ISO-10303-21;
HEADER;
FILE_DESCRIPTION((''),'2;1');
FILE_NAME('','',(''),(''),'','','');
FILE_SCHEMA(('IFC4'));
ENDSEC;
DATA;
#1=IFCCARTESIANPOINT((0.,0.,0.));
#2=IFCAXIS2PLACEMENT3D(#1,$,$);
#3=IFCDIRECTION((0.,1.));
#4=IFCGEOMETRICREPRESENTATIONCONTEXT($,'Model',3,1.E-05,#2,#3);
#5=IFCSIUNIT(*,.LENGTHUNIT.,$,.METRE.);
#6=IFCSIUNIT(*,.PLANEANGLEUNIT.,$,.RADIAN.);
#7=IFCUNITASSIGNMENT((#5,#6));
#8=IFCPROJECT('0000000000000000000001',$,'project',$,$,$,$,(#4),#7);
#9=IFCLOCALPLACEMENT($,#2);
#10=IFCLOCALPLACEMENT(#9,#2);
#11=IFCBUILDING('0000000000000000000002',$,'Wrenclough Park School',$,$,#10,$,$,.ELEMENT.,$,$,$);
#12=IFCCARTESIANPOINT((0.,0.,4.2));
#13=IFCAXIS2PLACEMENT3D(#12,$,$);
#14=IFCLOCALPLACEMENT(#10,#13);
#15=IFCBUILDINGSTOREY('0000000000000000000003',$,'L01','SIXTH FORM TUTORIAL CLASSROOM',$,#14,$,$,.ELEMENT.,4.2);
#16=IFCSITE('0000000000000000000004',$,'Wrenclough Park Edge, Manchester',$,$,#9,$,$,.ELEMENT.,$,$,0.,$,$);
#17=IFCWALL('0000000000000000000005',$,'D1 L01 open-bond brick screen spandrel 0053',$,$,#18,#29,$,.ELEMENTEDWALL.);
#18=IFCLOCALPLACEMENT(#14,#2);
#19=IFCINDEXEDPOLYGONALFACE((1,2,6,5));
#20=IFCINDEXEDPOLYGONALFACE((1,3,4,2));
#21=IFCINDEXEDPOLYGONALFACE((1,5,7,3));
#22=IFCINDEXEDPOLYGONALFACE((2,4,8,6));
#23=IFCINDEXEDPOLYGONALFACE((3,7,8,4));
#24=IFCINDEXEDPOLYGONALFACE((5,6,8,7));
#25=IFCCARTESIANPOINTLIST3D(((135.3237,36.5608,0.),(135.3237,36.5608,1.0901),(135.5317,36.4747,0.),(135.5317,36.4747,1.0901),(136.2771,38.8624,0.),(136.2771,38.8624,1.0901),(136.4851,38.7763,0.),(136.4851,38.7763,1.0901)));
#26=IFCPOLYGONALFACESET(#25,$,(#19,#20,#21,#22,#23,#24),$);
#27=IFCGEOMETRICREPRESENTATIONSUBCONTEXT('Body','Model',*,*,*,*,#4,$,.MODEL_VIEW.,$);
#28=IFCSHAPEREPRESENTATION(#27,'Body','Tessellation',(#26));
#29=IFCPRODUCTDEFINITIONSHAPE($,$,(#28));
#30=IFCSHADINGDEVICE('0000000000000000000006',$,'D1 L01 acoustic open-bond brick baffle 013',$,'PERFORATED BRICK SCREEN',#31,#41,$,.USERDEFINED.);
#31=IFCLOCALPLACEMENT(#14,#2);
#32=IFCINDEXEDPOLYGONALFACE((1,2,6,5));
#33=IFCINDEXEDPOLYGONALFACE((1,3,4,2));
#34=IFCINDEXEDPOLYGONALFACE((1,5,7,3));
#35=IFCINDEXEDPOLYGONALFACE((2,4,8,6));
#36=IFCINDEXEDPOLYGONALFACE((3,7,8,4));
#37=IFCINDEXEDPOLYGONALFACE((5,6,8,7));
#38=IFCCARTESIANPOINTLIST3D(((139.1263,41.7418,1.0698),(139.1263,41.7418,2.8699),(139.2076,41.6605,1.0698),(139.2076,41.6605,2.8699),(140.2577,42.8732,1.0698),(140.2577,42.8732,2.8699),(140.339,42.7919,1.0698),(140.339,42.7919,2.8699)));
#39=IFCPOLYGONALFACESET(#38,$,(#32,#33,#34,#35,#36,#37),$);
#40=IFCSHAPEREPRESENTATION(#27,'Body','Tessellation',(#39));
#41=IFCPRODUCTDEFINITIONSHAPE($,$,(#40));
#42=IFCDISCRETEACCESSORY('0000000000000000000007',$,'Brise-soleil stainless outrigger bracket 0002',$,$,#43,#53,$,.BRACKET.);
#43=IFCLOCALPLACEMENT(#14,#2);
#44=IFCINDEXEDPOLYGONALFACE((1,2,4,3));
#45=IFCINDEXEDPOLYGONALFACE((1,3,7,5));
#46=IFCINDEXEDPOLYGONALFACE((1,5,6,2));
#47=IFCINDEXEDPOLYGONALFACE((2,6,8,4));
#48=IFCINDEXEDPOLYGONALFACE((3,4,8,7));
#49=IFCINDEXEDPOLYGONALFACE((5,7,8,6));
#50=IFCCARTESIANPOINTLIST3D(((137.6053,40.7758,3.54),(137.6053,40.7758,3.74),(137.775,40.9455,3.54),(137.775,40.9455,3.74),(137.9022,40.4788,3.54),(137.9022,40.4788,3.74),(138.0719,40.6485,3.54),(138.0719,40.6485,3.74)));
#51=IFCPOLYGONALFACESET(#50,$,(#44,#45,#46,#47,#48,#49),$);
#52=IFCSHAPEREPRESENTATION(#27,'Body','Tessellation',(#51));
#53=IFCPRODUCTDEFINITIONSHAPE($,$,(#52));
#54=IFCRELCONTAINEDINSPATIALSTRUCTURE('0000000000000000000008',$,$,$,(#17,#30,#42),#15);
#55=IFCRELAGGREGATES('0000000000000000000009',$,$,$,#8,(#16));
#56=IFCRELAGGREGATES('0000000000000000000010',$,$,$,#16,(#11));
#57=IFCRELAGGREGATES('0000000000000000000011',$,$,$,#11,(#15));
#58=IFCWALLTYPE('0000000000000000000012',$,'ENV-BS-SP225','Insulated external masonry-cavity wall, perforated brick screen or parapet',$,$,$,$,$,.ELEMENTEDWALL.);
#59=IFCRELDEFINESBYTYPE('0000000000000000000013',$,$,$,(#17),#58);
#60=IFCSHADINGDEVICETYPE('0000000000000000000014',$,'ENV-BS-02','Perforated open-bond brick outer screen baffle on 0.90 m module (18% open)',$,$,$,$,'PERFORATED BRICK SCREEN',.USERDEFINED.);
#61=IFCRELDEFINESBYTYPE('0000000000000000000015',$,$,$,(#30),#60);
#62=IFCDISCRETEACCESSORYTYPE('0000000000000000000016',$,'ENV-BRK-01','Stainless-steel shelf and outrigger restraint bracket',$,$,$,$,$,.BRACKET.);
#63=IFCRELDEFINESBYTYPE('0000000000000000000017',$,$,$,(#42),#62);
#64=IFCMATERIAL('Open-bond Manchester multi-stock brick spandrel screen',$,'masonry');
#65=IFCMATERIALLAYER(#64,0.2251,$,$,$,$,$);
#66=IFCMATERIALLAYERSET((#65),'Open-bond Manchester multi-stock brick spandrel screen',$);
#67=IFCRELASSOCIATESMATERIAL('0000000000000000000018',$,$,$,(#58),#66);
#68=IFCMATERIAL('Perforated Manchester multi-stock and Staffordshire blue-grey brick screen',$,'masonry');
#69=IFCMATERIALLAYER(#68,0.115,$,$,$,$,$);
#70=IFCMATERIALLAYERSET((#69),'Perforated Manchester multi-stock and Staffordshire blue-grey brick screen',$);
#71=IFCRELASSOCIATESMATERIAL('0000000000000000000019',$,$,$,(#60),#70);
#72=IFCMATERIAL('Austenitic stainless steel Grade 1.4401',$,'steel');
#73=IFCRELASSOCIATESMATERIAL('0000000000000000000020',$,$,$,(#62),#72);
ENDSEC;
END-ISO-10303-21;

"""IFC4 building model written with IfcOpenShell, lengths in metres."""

from ifc_helpers import new_model, si_unit, direction, frame, frame_2d, origin, origin_2d, place, context, subcontext, project, spatial, rectangle, extrude, material, layer, layer_set, type_object, element, save


model = new_model("IFC4")

# Units and contexts
model_context = context("Model", 3, precision=1e-05, world=origin(), true_north=direction((0.0, 1.0)))
body_context = subcontext(model_context, "Body", "Model", "MODEL_VIEW")
ifc_project = project(units=[si_unit("LENGTHUNIT", "METRE"), si_unit("PLANEANGLEUNIT", "RADIAN")], contexts=[model_context])

# Site, building, storey
site_placement = place(None, origin())
site = spatial("IfcSite", under=ifc_project, at=site_placement, Name="Wrenclough Park Edge, Manchester", CompositionType="ELEMENT", RefElevation=0.0)
building_placement = place(site_placement, origin())
building = spatial("IfcBuilding", under=site, at=building_placement, Name="Wrenclough Park School", CompositionType="ELEMENT")
storey_placement = place(building_placement, frame((0.0, 0.0, 4.2)))
storey = spatial("IfcBuildingStorey", under=building, at=storey_placement, Name="L01", Description="SIXTH FORM TUTORIAL CLASSROOM", CompositionType="ELEMENT", Elevation=4.2)

# Wall
ifc_material_1 = material(Name="Open-bond Manchester multi-stock brick spandrel screen", Category="masonry")
ifc_layer_1 = layer(ifc_material_1, 0.2251)
ifc_layer_set_1 = layer_set([ifc_layer_1], Name="Open-bond Manchester multi-stock brick spandrel screen")
wall_type_1 = type_object("IfcWallType", Name="ENV-BS-SP225", Description="Insulated external masonry-cavity wall, perforated brick screen or parapet", PredefinedType="ELEMENTEDWALL", material=ifc_layer_set_1)
wall_1_placement = place(storey_placement, frame((136.3811, 38.8193, 0.0), z_axis=(0.0, 0.0, 1.0), x_axis=(-0.382701, -0.923872, 0.0)))
element("IfcWall", 1, at=wall_1_placement, inside=storey, type_object=wall_type_1, Name="D1 L01 open-bond brick screen spandrel 0053", PredefinedType="ELEMENTEDWALL", context=body_context, shape_type="SweptSolid", body=[
    extrude(rectangle(XDim=2.4912, YDim=0.2251, at=frame_2d((1.2456, 0.0))), origin(), (0.0, 0.0, 1.0), 1.0901),
])

# Shading device
ifc_material_2 = material(Name="Perforated Manchester multi-stock and Staffordshire blue-grey brick screen", Category="masonry")
ifc_layer_2 = layer(ifc_material_2, 0.115)
ifc_layer_set_2 = layer_set([ifc_layer_2], Name="Perforated Manchester multi-stock and Staffordshire blue-grey brick screen")
shading_device_type = type_object("IfcShadingDeviceType", Name="ENV-BS-02", Description="Perforated open-bond brick outer screen baffle on 0.90 m module (18% open)", ElementType="PERFORATED BRICK SCREEN", PredefinedType="USERDEFINED", material=ifc_layer_set_2)
shading_device_placement = place(storey_placement, frame((139.7327, 42.2668, 1.0698), z_axis=(0.0, 0.0, 1.0), x_axis=(-0.707107, -0.707107, 0.0)))
element("IfcShadingDevice", 2, at=shading_device_placement, inside=storey, type_object=shading_device_type, Name="D1 L01 acoustic open-bond brick baffle 013", ObjectType="PERFORATED BRICK SCREEN", PredefinedType="USERDEFINED", context=body_context, shape_type="SweptSolid", body=[
    extrude(rectangle(XDim=1.6001, YDim=0.115, at=origin_2d()), origin(), (0.0, 0.0, 1.0), 1.8),
])

# Discrete accessory
ifc_material_3 = material(Name="Austenitic stainless steel Grade 1.4401", Category="steel")
discrete_accessory_type = type_object("IfcDiscreteAccessoryType", Name="ENV-BRK-01", Description="Stainless-steel shelf and outrigger restraint bracket", PredefinedType="BRACKET", material=ifc_material_3)
discrete_accessory_placement = place(storey_placement, frame((137.8386, 40.7122, 3.54), z_axis=(0.0, 0.0, 1.0), x_axis=(-0.707107, -0.707107, 0.0)))
element("IfcDiscreteAccessory", 3, at=discrete_accessory_placement, inside=storey, type_object=discrete_accessory_type, Name="Brise-soleil stainless outrigger bracket 0002", PredefinedType="BRACKET", context=body_context, shape_type="SweptSolid", body=[
    extrude(rectangle(XDim=0.24, YDim=0.4199, at=origin_2d()), origin(), (0.0, 0.0, 1.0), 0.2),
])

save(model, "model.ifc")
